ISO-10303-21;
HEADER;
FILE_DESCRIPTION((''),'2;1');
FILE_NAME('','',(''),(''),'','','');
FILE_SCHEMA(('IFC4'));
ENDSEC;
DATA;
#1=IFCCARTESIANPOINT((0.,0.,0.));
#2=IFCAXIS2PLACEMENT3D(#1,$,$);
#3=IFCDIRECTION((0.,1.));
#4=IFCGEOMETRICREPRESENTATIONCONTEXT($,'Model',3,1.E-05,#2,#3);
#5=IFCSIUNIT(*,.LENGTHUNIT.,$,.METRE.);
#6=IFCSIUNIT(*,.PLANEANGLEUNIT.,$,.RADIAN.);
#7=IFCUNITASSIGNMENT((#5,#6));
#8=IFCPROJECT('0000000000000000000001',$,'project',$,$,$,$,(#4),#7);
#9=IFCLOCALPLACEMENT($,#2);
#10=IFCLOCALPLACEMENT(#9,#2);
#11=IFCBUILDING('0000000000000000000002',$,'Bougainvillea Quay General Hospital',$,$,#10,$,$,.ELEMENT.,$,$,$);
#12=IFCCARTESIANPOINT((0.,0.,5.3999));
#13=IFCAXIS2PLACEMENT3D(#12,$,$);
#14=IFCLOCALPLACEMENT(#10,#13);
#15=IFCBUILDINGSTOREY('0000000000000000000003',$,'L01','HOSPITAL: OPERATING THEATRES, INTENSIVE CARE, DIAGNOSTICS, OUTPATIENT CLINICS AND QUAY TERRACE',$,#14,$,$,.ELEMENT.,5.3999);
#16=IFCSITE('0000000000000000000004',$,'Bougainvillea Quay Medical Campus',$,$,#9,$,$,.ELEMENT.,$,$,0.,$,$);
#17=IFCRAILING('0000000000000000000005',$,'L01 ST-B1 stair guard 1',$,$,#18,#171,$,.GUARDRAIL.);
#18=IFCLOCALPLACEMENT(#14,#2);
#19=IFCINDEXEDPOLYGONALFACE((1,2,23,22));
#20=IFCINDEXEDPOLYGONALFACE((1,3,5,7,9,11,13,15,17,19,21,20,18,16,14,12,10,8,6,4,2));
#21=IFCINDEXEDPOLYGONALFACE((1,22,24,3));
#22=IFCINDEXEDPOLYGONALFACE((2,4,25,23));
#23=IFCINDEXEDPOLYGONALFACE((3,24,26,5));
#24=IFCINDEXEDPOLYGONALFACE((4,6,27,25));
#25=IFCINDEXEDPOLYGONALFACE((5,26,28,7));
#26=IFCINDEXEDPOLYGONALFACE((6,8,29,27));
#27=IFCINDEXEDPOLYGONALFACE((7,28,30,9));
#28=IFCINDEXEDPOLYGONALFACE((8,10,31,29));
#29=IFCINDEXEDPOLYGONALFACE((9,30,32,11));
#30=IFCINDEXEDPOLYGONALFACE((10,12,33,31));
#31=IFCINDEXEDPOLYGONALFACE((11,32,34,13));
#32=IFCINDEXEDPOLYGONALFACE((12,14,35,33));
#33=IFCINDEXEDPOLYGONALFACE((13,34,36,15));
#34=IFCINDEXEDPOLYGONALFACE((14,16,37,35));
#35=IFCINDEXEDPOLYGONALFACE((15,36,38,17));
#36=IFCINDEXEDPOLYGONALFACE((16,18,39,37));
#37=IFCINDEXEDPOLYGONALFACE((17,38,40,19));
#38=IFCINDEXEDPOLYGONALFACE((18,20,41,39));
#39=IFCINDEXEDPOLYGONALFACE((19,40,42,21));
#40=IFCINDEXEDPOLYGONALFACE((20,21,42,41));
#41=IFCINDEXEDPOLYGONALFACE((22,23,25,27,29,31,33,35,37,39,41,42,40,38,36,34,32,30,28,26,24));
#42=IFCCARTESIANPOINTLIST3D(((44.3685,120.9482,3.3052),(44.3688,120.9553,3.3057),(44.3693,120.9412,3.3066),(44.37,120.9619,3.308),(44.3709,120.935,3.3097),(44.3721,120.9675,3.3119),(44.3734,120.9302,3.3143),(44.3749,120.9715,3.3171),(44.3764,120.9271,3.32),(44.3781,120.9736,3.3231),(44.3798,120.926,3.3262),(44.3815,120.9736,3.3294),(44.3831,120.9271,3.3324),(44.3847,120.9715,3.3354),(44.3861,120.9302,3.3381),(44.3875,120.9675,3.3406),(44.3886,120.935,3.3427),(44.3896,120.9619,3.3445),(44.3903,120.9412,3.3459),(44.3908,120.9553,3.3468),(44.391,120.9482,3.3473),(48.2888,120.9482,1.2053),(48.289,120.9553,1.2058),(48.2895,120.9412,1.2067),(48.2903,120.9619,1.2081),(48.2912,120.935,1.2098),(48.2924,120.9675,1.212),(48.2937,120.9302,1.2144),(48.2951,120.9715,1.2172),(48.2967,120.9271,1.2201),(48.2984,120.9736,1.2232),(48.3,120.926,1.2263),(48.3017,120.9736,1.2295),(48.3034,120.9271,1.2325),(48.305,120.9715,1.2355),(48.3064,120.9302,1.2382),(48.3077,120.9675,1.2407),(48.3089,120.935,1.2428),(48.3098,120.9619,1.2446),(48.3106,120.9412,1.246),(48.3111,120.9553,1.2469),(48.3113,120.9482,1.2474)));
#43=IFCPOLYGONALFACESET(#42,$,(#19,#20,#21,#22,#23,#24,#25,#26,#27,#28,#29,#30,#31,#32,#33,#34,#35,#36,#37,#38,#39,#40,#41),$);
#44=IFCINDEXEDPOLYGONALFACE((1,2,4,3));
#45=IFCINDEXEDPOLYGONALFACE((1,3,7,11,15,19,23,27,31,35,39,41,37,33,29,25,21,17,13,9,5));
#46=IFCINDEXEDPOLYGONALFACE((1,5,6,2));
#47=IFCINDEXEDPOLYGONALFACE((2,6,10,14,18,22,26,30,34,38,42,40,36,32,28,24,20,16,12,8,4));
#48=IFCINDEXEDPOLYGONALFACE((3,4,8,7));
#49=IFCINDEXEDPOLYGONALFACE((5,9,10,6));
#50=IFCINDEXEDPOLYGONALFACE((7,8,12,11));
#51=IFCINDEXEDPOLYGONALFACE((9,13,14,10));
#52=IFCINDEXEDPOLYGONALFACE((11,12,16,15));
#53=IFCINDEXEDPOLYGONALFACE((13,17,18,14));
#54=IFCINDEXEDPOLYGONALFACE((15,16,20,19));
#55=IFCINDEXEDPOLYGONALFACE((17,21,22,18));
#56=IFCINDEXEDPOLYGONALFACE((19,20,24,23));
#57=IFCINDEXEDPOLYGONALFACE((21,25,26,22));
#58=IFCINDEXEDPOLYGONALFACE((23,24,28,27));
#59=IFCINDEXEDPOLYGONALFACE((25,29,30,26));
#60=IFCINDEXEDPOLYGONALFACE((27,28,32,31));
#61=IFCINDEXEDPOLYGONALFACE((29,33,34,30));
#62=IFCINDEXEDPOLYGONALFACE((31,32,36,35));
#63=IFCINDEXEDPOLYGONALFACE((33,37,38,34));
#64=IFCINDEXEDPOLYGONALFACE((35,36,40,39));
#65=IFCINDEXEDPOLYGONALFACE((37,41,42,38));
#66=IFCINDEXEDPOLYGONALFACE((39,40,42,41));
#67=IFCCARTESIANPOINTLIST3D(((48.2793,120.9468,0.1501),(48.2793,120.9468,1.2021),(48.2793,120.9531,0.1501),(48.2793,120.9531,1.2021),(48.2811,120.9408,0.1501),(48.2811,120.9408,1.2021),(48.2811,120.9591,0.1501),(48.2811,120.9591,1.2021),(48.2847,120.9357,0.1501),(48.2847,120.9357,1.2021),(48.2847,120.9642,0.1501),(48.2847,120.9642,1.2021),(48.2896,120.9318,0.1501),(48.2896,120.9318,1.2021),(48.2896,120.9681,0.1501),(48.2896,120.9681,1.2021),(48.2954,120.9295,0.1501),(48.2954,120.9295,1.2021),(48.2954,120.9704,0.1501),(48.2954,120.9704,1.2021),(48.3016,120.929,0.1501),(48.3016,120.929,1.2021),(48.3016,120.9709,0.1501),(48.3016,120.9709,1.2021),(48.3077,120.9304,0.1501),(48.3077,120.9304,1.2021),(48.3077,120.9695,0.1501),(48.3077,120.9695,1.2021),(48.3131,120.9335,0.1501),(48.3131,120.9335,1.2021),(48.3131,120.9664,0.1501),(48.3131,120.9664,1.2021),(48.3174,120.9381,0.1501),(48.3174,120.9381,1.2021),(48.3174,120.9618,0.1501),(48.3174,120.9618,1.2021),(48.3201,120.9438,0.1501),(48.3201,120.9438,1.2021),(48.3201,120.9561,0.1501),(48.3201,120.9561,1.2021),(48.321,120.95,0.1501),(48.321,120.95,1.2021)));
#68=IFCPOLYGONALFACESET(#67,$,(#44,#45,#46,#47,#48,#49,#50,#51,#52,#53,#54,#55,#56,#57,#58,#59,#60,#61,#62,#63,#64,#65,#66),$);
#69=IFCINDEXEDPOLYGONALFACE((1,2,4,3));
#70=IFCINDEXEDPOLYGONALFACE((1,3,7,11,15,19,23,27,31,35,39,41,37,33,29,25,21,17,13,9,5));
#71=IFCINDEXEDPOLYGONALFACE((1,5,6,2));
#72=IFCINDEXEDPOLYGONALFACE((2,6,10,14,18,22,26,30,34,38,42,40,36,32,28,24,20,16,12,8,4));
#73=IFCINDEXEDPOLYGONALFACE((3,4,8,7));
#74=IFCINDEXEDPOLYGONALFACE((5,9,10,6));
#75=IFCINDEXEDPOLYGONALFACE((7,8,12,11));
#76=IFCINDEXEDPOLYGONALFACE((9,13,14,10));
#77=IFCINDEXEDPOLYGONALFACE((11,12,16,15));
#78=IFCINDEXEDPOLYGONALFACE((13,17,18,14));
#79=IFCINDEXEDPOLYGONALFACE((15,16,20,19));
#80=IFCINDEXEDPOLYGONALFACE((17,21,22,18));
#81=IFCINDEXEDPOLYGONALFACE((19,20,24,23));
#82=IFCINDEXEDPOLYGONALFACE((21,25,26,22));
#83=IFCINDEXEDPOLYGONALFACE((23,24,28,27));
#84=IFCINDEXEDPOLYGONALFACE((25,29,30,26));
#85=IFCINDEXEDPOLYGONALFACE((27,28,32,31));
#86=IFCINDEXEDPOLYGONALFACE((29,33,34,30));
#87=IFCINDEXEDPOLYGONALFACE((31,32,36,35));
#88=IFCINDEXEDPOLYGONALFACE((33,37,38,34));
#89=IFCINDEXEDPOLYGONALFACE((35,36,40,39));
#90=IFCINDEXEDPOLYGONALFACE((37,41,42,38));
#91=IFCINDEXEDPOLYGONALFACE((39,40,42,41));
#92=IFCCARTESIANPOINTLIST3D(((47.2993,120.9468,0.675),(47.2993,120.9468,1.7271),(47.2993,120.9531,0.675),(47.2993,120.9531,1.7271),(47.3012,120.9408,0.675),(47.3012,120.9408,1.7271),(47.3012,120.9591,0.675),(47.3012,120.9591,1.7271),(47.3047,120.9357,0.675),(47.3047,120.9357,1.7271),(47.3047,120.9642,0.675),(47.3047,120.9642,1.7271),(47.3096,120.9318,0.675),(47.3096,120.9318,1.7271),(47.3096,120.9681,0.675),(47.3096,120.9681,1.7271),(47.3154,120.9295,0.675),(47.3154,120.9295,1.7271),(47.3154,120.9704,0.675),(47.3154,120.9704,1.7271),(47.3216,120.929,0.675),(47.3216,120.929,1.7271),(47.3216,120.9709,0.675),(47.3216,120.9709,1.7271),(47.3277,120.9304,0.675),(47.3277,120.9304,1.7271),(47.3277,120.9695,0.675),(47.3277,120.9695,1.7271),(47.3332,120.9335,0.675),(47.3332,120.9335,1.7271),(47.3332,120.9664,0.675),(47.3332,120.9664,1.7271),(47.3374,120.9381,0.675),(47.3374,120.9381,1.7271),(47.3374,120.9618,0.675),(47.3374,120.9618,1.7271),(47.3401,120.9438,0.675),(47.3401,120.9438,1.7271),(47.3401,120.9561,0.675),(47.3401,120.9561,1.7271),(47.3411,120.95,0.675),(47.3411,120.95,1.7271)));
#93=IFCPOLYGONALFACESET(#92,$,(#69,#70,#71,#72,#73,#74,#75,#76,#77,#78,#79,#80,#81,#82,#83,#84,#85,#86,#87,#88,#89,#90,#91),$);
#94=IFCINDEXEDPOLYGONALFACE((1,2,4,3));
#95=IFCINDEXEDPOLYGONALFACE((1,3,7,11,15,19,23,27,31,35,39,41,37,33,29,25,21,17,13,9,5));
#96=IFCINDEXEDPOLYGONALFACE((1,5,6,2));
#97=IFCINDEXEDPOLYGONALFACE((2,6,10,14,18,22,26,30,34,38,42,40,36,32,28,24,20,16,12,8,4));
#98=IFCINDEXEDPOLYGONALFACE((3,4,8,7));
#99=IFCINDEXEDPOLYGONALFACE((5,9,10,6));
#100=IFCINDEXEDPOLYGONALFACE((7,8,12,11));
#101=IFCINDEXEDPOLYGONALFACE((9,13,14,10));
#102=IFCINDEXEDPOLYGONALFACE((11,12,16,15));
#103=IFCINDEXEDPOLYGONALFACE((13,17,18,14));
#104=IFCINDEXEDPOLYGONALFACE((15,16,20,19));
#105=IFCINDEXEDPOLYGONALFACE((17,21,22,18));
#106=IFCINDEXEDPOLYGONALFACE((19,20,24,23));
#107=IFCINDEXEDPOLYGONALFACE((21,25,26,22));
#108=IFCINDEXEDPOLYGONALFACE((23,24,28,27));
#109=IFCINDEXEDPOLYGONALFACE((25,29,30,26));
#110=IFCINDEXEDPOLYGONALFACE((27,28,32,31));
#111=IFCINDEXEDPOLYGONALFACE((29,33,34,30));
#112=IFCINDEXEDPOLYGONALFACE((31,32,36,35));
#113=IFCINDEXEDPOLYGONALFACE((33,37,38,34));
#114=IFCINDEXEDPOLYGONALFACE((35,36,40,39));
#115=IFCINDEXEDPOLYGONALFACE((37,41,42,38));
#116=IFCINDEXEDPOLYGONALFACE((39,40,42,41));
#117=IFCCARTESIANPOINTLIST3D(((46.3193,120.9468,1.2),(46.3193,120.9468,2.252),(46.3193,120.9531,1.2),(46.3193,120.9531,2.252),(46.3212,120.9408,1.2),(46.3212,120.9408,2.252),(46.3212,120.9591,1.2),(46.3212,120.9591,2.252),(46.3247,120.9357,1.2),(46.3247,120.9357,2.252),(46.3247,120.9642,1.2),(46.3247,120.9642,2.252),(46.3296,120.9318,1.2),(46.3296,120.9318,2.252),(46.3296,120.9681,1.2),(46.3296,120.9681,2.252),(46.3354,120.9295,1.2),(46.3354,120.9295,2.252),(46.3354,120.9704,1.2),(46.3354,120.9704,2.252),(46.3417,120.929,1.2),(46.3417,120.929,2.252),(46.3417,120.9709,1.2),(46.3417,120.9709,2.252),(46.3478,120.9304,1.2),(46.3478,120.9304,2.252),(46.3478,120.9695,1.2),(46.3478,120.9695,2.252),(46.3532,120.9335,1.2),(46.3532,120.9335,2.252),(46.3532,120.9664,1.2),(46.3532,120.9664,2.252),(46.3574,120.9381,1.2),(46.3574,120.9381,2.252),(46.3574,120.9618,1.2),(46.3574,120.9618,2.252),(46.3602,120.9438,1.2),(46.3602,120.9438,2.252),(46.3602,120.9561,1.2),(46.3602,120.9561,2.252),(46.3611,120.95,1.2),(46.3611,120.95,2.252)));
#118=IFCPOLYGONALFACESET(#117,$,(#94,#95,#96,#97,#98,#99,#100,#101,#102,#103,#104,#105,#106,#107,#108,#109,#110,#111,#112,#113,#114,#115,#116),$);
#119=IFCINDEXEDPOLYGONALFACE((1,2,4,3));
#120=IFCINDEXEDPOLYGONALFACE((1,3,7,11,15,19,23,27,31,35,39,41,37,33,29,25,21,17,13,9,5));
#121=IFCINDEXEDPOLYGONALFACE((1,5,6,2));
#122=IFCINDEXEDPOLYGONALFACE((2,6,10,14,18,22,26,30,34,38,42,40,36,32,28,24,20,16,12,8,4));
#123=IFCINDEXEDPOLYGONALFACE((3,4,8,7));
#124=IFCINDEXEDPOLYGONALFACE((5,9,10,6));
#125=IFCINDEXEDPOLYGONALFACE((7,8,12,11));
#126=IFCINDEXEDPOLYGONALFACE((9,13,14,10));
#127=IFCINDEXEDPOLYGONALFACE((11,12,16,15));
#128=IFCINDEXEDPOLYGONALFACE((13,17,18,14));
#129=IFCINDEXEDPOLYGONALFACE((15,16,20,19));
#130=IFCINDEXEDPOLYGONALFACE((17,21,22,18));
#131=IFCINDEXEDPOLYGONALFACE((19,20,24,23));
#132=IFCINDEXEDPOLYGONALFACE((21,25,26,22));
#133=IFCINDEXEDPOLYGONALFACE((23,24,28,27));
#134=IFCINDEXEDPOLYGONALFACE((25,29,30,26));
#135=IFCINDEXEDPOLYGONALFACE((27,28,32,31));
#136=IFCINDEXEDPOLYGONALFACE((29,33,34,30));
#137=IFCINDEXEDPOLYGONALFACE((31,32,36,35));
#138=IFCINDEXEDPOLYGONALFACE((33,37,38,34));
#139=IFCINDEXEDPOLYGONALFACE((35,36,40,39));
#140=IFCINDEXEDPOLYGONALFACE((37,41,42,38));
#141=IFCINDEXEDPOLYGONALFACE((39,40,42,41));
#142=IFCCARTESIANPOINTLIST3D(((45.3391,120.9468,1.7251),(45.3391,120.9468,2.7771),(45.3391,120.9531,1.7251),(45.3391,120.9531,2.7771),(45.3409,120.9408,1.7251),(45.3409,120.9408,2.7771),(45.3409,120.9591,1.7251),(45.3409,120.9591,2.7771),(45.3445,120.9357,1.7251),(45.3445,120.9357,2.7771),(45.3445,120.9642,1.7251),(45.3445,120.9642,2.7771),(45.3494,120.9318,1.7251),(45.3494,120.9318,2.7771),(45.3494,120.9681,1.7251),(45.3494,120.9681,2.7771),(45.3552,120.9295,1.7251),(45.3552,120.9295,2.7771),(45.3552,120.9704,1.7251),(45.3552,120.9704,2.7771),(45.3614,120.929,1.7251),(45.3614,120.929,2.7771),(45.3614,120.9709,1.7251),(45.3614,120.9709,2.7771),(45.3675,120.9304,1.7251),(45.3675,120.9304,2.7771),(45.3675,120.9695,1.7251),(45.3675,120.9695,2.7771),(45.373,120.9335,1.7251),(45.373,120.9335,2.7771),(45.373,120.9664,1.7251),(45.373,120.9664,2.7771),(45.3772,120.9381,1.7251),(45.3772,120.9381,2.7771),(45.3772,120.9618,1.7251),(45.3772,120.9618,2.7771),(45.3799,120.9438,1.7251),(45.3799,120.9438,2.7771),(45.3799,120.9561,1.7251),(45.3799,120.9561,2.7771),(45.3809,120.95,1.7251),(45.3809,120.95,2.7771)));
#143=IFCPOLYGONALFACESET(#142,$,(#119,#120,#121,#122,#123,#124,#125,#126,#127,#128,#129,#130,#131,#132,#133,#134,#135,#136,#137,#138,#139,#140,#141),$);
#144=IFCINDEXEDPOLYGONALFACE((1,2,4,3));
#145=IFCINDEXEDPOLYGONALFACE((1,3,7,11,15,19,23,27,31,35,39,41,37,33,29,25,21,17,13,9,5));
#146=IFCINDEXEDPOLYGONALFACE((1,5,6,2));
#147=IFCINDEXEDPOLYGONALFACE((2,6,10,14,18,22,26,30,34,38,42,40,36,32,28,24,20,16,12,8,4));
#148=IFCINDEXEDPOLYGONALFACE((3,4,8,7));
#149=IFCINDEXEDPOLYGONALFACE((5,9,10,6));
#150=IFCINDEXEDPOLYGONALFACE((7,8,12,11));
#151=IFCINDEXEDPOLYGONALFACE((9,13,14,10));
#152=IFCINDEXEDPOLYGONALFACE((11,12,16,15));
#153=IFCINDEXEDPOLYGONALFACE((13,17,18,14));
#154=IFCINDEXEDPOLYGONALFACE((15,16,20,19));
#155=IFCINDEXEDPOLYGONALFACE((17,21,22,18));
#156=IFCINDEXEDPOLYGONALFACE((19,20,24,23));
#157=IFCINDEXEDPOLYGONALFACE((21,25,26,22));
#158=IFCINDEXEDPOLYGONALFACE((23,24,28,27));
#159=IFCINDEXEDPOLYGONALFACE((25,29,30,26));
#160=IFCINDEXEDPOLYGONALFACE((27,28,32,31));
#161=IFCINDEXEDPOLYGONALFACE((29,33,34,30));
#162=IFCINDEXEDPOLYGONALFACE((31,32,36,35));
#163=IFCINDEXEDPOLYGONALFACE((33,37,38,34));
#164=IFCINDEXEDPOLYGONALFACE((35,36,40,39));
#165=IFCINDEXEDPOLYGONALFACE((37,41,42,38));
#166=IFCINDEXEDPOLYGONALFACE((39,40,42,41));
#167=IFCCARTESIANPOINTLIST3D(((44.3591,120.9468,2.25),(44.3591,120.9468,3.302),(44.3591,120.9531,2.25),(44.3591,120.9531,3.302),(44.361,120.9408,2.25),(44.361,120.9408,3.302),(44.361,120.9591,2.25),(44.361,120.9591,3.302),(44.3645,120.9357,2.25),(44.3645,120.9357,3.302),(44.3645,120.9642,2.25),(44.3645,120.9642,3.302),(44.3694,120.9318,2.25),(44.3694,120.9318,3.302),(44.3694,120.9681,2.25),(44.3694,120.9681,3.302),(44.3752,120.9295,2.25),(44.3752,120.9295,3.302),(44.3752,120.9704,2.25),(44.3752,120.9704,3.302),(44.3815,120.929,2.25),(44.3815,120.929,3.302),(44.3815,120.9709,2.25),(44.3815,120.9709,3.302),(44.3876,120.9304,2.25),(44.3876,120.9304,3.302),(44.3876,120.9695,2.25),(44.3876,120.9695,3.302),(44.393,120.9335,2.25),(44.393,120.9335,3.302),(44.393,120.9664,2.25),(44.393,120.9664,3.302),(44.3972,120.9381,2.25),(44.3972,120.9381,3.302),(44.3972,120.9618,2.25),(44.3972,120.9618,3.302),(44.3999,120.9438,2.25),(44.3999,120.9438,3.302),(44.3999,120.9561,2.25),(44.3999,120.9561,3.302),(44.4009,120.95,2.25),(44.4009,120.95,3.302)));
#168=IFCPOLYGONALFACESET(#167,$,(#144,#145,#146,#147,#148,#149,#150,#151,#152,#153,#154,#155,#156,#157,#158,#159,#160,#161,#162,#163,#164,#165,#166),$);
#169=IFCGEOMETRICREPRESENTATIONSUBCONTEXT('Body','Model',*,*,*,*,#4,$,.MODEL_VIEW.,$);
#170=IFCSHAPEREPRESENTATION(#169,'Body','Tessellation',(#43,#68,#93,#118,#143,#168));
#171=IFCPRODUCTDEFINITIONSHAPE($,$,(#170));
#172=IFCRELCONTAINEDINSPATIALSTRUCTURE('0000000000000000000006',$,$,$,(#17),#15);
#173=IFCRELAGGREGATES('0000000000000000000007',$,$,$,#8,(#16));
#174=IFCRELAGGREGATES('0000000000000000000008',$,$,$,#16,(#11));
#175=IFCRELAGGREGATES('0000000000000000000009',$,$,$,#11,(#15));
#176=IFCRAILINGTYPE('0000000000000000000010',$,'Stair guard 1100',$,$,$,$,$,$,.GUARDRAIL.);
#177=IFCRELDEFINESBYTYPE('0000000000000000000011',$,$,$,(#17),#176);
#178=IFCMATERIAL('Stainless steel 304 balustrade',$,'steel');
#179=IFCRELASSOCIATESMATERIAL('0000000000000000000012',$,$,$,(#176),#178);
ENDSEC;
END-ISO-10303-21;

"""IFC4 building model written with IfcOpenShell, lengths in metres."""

from ifc_helpers import new_model, si_unit, direction, frame, origin, origin_2d, place, context, subcontext, project, spatial, circle, extrude, material, type_object, element, save


model = new_model("IFC4")

# Units and contexts
model_context = context("Model", 3, precision=1e-05, world=origin(), true_north=direction((0.0, 1.0)))
body_context = subcontext(model_context, "Body", "Model", "MODEL_VIEW")
ifc_project = project(units=[si_unit("LENGTHUNIT", "METRE"), si_unit("PLANEANGLEUNIT", "RADIAN")], contexts=[model_context])

# Site, building, storey
site_placement = place(None, origin())
site = spatial("IfcSite", under=ifc_project, at=site_placement, Name="Bougainvillea Quay Medical Campus", CompositionType="ELEMENT", RefElevation=0.0)
building_placement = place(site_placement, origin())
building = spatial("IfcBuilding", under=site, at=building_placement, Name="Bougainvillea Quay General Hospital", CompositionType="ELEMENT")
storey_placement = place(building_placement, frame((0.0, 0.0, 5.3999)))
storey = spatial("IfcBuildingStorey", under=building, at=storey_placement, Name="L01", Description="HOSPITAL: OPERATING THEATRES, INTENSIVE CARE, DIAGNOSTICS, OUTPATIENT CLINICS AND QUAY TERRACE", CompositionType="ELEMENT", Elevation=5.3999)

# Railing
ifc_material_1 = material(Name="Stainless steel 304 balustrade", Category="steel")
railing_type_1 = type_object("IfcRailingType", Name="Stair guard 1100", PredefinedType="GUARDRAIL", material=ifc_material_1)
railing_1_placement = place(storey_placement, frame((48.3, 120.95, 0.1501)))
element("IfcRailing", 1, at=railing_1_placement, inside=storey, type_object=railing_type_1, Name="L01 ST-B1 stair guard 1", PredefinedType="GUARDRAIL", context=body_context, shape_type="SweptSolid", body=[
    extrude(circle(Radius=0.0239, at=origin_2d()), frame((0.0, 0.0, 1.0762), z_axis=(-0.881502, 0.0, 0.47218), x_axis=(0.0, -1.0, 0.0)), (0.0, 0.0, 1.0), 4.4473),
    extrude(circle(Radius=0.021, at=origin_2d()), origin(), (0.0, 0.0, 1.0), 1.052),
    extrude(circle(Radius=0.021, at=origin_2d()), frame((-0.98, 0.0, 0.5249)), (0.0, 0.0, 1.0), 1.052),
    extrude(circle(Radius=0.021, at=origin_2d()), frame((-1.96, 0.0, 1.0498)), (0.0, 0.0, 1.0), 1.052),
    extrude(circle(Radius=0.021, at=origin_2d()), frame((-2.9402, 0.0, 1.575)), (0.0, 0.0, 1.0), 1.052),
    extrude(circle(Radius=0.021, at=origin_2d()), frame((-3.9202, 0.0, 2.0999)), (0.0, 0.0, 1.0), 1.052),
])

save(model, "model.ifc")
